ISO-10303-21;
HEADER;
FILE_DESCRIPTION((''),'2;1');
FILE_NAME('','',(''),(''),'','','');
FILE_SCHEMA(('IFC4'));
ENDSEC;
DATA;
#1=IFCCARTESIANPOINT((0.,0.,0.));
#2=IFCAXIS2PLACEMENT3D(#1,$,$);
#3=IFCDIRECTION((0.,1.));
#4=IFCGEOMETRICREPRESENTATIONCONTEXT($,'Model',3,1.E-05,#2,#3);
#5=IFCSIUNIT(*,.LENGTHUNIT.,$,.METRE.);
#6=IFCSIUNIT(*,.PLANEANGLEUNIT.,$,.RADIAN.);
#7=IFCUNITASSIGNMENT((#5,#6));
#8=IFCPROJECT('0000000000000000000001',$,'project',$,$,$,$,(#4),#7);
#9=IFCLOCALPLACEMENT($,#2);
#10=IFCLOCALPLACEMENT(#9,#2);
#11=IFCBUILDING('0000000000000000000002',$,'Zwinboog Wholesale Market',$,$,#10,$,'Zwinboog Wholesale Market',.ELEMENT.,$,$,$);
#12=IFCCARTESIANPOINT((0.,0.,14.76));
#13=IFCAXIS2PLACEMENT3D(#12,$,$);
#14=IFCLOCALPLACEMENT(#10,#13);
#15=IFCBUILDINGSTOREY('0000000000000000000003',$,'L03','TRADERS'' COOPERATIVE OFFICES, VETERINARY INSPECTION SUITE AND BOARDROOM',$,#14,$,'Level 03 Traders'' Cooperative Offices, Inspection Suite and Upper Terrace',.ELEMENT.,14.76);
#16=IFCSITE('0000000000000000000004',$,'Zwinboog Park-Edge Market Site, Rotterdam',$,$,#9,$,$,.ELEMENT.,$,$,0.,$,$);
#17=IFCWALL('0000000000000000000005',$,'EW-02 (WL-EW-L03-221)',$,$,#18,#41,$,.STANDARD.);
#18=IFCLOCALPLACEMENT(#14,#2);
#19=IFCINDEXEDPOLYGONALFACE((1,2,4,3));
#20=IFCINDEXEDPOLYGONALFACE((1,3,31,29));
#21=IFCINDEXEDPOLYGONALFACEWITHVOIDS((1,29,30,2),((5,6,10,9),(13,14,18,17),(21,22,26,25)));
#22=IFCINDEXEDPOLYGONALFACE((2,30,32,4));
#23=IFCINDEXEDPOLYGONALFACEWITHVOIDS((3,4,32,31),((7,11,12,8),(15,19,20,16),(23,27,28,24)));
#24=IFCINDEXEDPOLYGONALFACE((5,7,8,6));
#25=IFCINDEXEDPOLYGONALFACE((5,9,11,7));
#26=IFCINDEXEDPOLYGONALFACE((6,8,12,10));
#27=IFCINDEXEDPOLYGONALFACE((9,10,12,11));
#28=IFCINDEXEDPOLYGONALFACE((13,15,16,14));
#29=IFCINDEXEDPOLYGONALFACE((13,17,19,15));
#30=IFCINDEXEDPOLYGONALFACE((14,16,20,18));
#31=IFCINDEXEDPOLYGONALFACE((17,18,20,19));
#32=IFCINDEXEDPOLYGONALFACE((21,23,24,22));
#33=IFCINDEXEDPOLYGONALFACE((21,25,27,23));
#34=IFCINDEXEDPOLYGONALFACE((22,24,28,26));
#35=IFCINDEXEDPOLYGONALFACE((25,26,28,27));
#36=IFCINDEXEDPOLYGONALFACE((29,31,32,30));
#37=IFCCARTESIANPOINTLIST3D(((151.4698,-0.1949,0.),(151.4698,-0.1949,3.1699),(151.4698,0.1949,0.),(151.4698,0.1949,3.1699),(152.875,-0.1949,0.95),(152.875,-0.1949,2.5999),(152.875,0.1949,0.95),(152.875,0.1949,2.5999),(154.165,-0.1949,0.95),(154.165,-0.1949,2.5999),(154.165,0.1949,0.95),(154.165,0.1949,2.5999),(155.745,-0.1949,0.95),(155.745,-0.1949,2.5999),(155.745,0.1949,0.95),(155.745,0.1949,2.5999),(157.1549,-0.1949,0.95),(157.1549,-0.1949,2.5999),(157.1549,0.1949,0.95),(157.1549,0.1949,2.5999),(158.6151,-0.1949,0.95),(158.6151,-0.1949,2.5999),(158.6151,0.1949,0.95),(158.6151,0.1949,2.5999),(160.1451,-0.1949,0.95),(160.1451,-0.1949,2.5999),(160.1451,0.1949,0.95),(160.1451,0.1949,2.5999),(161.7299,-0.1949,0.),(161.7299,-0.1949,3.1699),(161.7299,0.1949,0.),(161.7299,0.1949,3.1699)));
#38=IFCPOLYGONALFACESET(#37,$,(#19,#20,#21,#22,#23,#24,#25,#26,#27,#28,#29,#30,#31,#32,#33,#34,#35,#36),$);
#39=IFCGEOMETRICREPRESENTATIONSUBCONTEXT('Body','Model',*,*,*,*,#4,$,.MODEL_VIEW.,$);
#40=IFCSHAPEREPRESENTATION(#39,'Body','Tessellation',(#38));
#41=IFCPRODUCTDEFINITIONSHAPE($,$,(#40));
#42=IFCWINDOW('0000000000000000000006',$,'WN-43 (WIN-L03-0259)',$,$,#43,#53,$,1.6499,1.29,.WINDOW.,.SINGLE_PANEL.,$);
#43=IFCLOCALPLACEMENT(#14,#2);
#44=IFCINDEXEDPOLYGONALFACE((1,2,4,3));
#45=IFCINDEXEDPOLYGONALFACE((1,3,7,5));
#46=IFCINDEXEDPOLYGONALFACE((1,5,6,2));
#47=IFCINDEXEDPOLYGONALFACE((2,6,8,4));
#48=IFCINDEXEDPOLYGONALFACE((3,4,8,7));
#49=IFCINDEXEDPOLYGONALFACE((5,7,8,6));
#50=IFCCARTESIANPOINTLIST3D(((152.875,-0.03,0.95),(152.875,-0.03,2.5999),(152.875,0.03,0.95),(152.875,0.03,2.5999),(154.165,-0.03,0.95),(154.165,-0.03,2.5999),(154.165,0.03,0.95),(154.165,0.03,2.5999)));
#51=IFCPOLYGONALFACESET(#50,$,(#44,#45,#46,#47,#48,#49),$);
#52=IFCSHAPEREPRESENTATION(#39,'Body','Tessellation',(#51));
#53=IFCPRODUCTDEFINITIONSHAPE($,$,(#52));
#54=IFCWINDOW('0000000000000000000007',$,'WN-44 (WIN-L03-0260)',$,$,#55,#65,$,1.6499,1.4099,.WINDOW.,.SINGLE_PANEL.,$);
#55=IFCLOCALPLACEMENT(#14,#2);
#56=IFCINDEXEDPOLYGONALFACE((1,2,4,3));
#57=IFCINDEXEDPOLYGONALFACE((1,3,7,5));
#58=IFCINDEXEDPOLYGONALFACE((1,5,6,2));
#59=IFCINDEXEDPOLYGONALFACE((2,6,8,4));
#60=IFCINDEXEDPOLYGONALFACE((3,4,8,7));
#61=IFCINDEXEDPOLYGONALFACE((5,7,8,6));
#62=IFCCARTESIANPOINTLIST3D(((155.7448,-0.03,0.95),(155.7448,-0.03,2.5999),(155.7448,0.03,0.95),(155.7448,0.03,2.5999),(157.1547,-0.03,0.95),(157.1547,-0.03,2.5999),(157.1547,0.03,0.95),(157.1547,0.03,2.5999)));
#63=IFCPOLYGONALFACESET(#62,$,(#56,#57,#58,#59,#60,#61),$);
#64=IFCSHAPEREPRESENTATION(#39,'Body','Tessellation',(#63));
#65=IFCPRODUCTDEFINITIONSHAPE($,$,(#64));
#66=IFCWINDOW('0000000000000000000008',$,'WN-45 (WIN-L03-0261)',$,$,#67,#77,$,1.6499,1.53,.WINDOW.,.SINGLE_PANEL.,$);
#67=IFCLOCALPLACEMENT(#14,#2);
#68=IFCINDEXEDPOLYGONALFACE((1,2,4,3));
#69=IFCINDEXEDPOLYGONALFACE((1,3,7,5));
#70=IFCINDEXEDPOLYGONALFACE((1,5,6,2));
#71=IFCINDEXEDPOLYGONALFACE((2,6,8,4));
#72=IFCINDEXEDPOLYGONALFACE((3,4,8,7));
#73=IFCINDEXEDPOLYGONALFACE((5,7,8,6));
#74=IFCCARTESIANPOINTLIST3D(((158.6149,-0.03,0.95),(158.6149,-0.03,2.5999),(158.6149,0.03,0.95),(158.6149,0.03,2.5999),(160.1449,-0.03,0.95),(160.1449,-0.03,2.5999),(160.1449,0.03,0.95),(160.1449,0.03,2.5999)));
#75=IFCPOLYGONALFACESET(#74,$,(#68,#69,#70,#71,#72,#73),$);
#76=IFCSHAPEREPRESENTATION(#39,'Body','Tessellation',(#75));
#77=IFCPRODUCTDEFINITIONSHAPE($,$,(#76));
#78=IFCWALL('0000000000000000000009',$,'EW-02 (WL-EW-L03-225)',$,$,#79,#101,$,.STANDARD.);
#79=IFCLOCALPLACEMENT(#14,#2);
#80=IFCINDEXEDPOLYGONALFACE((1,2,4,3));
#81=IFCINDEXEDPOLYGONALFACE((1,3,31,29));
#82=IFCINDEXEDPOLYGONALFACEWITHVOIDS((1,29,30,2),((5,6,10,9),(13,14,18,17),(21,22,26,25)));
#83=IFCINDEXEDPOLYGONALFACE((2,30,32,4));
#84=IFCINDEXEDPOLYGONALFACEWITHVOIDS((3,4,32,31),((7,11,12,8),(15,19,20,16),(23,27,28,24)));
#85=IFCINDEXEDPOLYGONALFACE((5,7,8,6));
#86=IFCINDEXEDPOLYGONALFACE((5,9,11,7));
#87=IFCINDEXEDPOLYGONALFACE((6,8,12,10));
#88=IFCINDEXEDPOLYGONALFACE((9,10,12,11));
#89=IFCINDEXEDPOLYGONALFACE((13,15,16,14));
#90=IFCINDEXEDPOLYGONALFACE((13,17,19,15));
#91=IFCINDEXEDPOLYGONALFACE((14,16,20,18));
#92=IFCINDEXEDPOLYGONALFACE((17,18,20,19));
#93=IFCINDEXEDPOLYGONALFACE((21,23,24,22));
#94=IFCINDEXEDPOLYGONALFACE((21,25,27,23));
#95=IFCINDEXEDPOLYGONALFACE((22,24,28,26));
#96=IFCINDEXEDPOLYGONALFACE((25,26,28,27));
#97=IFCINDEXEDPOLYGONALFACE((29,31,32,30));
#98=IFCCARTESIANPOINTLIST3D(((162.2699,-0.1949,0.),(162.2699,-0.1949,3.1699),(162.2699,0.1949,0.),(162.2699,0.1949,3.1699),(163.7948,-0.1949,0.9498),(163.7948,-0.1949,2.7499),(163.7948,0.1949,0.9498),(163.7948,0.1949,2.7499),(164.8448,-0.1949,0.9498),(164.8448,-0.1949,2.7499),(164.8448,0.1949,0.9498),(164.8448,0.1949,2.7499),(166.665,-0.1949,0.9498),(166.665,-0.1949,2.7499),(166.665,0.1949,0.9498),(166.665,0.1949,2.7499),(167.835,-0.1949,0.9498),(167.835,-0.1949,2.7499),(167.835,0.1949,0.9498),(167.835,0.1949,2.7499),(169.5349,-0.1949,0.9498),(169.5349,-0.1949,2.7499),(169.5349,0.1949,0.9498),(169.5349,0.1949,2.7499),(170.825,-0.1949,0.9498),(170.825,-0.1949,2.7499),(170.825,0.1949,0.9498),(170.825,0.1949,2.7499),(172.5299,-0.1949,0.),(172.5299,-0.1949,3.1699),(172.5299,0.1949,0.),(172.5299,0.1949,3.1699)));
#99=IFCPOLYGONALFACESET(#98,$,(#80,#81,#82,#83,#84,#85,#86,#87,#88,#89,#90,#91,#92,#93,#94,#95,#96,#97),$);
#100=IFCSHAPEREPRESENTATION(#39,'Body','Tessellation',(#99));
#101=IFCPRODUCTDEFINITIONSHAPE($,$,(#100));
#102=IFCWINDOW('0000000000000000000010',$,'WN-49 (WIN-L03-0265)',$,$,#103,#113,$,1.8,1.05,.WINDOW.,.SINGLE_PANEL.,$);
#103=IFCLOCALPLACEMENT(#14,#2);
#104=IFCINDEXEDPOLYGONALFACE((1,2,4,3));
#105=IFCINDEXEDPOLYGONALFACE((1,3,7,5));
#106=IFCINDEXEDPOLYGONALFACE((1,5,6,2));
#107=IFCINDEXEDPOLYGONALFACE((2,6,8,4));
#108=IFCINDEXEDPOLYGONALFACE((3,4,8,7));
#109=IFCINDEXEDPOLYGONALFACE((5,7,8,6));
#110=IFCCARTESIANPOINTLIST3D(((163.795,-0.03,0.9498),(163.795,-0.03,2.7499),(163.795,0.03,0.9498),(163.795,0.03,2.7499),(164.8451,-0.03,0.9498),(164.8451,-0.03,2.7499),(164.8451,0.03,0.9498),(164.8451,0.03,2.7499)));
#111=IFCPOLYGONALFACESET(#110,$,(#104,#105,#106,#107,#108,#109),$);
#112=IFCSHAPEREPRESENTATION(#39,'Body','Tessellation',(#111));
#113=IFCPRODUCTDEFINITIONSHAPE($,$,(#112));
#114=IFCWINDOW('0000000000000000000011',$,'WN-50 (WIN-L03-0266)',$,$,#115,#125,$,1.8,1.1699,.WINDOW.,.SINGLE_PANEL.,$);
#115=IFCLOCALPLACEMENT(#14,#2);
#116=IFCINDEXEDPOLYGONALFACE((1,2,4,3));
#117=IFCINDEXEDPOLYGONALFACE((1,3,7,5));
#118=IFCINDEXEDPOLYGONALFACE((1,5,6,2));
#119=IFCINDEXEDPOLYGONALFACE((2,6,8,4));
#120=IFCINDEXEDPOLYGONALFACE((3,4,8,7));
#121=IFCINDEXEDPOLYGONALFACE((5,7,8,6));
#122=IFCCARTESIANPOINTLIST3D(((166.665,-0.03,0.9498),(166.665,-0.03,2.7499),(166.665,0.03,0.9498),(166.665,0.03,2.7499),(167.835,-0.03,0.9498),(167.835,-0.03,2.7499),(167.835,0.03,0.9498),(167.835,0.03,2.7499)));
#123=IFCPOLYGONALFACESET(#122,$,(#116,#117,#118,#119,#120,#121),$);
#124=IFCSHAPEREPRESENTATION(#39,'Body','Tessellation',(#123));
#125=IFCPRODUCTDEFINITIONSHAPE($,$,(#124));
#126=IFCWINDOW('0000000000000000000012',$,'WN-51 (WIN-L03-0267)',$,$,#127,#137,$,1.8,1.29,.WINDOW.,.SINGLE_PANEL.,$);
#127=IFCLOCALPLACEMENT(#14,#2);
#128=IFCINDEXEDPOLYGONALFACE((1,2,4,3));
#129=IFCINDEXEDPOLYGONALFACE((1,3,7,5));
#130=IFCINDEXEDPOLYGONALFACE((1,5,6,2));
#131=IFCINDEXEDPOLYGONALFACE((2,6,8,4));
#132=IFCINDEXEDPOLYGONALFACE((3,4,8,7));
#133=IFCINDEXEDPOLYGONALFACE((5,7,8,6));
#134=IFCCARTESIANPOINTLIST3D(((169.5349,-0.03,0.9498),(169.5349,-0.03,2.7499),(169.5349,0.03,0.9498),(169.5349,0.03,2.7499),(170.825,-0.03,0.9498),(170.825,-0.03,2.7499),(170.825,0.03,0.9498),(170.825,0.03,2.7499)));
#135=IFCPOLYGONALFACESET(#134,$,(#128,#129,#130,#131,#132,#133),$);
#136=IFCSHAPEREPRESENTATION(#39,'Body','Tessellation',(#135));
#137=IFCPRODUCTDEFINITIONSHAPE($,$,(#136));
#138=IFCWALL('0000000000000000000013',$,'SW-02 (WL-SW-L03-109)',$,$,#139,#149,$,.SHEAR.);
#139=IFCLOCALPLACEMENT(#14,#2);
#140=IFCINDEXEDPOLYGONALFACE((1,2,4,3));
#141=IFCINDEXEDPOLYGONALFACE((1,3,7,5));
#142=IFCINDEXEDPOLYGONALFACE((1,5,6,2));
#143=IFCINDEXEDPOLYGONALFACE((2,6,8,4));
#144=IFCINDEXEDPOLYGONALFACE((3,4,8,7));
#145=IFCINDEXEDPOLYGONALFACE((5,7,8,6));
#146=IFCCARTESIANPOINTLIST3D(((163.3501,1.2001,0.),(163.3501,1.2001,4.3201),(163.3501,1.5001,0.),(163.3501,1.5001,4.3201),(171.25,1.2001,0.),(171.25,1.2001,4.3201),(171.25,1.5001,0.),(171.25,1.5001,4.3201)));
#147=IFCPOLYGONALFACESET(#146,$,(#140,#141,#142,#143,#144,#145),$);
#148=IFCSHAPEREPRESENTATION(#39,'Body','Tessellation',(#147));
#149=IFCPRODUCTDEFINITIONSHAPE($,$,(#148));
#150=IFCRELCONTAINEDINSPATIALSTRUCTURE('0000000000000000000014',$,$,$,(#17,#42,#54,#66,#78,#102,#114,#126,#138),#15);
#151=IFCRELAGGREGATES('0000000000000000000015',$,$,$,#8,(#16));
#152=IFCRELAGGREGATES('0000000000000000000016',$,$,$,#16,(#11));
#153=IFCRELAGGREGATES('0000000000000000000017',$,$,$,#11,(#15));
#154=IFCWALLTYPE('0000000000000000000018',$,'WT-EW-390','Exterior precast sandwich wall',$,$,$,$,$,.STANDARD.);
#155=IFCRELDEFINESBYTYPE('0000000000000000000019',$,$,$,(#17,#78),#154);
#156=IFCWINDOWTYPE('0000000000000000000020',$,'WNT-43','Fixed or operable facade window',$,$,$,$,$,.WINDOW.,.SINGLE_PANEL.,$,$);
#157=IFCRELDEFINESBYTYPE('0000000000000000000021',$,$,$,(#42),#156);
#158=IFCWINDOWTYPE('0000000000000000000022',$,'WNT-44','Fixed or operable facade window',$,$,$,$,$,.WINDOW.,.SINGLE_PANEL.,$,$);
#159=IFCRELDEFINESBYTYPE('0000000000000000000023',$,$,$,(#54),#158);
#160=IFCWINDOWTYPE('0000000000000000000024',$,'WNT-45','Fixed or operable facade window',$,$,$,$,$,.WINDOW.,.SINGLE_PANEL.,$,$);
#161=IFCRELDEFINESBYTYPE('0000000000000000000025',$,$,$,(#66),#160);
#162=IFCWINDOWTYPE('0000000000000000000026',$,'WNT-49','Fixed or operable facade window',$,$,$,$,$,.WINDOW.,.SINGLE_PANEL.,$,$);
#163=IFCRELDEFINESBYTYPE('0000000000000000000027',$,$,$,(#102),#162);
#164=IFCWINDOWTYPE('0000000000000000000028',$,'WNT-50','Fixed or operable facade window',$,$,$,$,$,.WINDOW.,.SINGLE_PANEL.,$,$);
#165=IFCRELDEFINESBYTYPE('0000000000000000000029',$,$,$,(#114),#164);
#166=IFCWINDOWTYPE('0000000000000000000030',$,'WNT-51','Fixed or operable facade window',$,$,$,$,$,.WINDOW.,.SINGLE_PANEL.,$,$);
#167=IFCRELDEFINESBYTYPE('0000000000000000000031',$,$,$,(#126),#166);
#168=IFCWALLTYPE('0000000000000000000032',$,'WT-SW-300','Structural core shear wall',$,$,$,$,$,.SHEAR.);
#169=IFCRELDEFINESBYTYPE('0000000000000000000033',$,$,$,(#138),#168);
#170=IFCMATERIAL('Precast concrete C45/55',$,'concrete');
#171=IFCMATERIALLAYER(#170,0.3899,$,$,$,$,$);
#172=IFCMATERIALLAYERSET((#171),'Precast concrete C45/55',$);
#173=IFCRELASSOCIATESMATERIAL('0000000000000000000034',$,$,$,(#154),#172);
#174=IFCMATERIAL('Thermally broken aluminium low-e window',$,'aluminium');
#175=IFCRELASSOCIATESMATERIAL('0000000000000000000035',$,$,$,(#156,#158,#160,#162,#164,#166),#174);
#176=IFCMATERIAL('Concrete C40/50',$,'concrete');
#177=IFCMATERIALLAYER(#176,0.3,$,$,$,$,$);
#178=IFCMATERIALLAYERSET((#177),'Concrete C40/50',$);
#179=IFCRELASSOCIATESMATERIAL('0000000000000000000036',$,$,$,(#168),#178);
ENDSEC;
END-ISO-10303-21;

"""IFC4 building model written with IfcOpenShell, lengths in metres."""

from ifc_helpers import new_model, si_unit, direction, frame, frame_2d, origin, place, context, subcontext, project, spatial, rectangle, extrude, material, layer, layer_set, type_object, element, fill, save


model = new_model("IFC4")

# Units and contexts
model_context = context("Model", 3, precision=1e-05, world=origin(), true_north=direction((0.0, 1.0)))
body_context = subcontext(model_context, "Body", "Model", "MODEL_VIEW")
ifc_project = project(units=[si_unit("LENGTHUNIT", "METRE"), si_unit("PLANEANGLEUNIT", "RADIAN")], contexts=[model_context])

# Site, building, storey
site_placement = place(None, origin())
site = spatial("IfcSite", under=ifc_project, at=site_placement, Name="Zwinboog Park-Edge Market Site, Rotterdam", CompositionType="ELEMENT", RefElevation=0.0)
building_placement = place(site_placement, origin())
building = spatial("IfcBuilding", under=site, at=building_placement, Name="Zwinboog Wholesale Market", LongName="Zwinboog Wholesale Market", CompositionType="ELEMENT")
storey_placement = place(building_placement, frame((0.0, 0.0, 14.76)))
storey = spatial("IfcBuildingStorey", under=building, at=storey_placement, Name="L03", Description="TRADERS' COOPERATIVE OFFICES, VETERINARY INSPECTION SUITE AND BOARDROOM", LongName="Level 03 Traders' Cooperative Offices, Inspection Suite and Upper Terrace", CompositionType="ELEMENT", Elevation=14.76)

# Shared definitions
ifc_material_1 = material(Name="Precast concrete C45/55", Category="concrete")

# Walls, openings, windows
ifc_layer_1 = layer(ifc_material_1, 0.3899)
ifc_layer_set_1 = layer_set([ifc_layer_1], Name="Precast concrete C45/55")
wall_type_1 = type_object("IfcWallType", Name="WT-EW-390", Description="Exterior precast sandwich wall", PredefinedType="STANDARD", material=ifc_layer_set_1)
wall_1_placement = place(storey_placement, frame((151.47, 0.0, 0.0), z_axis=(0.0, 0.0, 1.0), x_axis=(1.0, 0.0, 0.0)))
wall_1 = element("IfcWall", 1, at=wall_1_placement, inside=storey, type_object=wall_type_1, Name="EW-02 (WL-EW-L03-221)", PredefinedType="STANDARD", context=body_context, shape_type="SweptSolid", body=[
    extrude(rectangle(XDim=10.26, YDim=0.3899, at=frame_2d((5.1299, 0.0))), origin(), (0.0, 0.0, 1.0), 3.1699),
])
opening_1_placement = place(wall_1_placement, frame((1.405, 0.0, 0.95)))
opening_1 = element("IfcOpeningElement", 2, at=opening_1_placement, cuts=wall_1, PredefinedType="OPENING", context=body_context, shape_type="SweptSolid", body=[
    extrude(rectangle(XDim=1.29, YDim=1.6499, at=frame_2d((0.645, 0.825))), frame((0.0, 0.2048, 0.0), z_axis=(0.0, -1.0, 0.0), x_axis=(1.0, 0.0, 0.0)), (0.0, 0.0, 1.0), 0.4099),
])
opening_2_placement = place(wall_1_placement, frame((4.2749, 0.0, 0.95)))
opening_2 = element("IfcOpeningElement", 3, at=opening_2_placement, cuts=wall_1, PredefinedType="OPENING", context=body_context, shape_type="SweptSolid", body=[
    extrude(rectangle(XDim=1.4099, YDim=1.6499, at=frame_2d((0.7051, 0.825))), frame((0.0, 0.2048, 0.0), z_axis=(0.0, -1.0, 0.0), x_axis=(1.0, 0.0, 0.0)), (0.0, 0.0, 1.0), 0.4099),
])
opening_3_placement = place(wall_1_placement, frame((7.145, 0.0, 0.95)))
opening_3 = element("IfcOpeningElement", 4, at=opening_3_placement, cuts=wall_1, PredefinedType="OPENING", context=body_context, shape_type="SweptSolid", body=[
    extrude(rectangle(XDim=1.53, YDim=1.6499, at=frame_2d((0.7651, 0.825))), frame((0.0, 0.2048, 0.0), z_axis=(0.0, -1.0, 0.0), x_axis=(1.0, 0.0, 0.0)), (0.0, 0.0, 1.0), 0.4099),
])
ifc_material_2 = material(Name="Thermally broken aluminium low-e window", Category="aluminium")
window_type_1 = type_object("IfcWindowType", Name="WNT-43", Description="Fixed or operable facade window", PartitioningType="SINGLE_PANEL", PredefinedType="WINDOW", material=ifc_material_2)
window_1_placement = place(opening_1_placement, frame((1.29, 0.0, 0.0), z_axis=(0.0, 0.0, 1.0), x_axis=(-1.0, 0.0, 0.0)))
window_1 = element("IfcWindow", 5, at=window_1_placement, inside=storey, type_object=window_type_1, Name="WN-43 (WIN-L03-0259)", OverallHeight=1.6499, OverallWidth=1.29, PartitioningType="SINGLE_PANEL", PredefinedType="WINDOW", context=body_context, shape_type="SweptSolid", body=[
    extrude(rectangle(XDim=1.29, YDim=1.6499, at=frame_2d((0.645, 0.825))), frame((0.0, 0.03, 0.0), z_axis=(0.0, -1.0, 0.0), x_axis=(1.0, 0.0, 0.0)), (0.0, 0.0, 1.0), 0.0601),
])
fill(opening_1, window_1)
window_type_2 = type_object("IfcWindowType", Name="WNT-44", Description="Fixed or operable facade window", PartitioningType="SINGLE_PANEL", PredefinedType="WINDOW", material=ifc_material_2)
window_2_placement = place(opening_2_placement, frame((1.4099, 0.0, 0.0), z_axis=(0.0, 0.0, 1.0), x_axis=(-1.0, 0.0, 0.0)))
window_2 = element("IfcWindow", 6, at=window_2_placement, inside=storey, type_object=window_type_2, Name="WN-44 (WIN-L03-0260)", OverallHeight=1.6499, OverallWidth=1.4099, PartitioningType="SINGLE_PANEL", PredefinedType="WINDOW", context=body_context, shape_type="SweptSolid", body=[
    extrude(rectangle(XDim=1.4099, YDim=1.6499, at=frame_2d((0.7051, 0.825))), frame((0.0, 0.03, 0.0), z_axis=(0.0, -1.0, 0.0), x_axis=(1.0, 0.0, 0.0)), (0.0, 0.0, 1.0), 0.0601),
])
fill(opening_2, window_2)
window_type_3 = type_object("IfcWindowType", Name="WNT-45", Description="Fixed or operable facade window", PartitioningType="SINGLE_PANEL", PredefinedType="WINDOW", material=ifc_material_2)
window_3_placement = place(opening_3_placement, frame((1.53, 0.0, 0.0), z_axis=(0.0, 0.0, 1.0), x_axis=(-1.0, 0.0, 0.0)))
window_3 = element("IfcWindow", 7, at=window_3_placement, inside=storey, type_object=window_type_3, Name="WN-45 (WIN-L03-0261)", OverallHeight=1.6499, OverallWidth=1.53, PartitioningType="SINGLE_PANEL", PredefinedType="WINDOW", context=body_context, shape_type="SweptSolid", body=[
    extrude(rectangle(XDim=1.53, YDim=1.6499, at=frame_2d((0.7651, 0.825))), frame((0.0, 0.03, 0.0), z_axis=(0.0, -1.0, 0.0), x_axis=(1.0, 0.0, 0.0)), (0.0, 0.0, 1.0), 0.0601),
])
fill(opening_3, window_3)
wall_2_placement = place(storey_placement, frame((162.27, 0.0, 0.0), z_axis=(0.0, 0.0, 1.0), x_axis=(1.0, 0.0, 0.0)))
wall_2 = element("IfcWall", 8, at=wall_2_placement, inside=storey, type_object=wall_type_1, Name="EW-02 (WL-EW-L03-225)", PredefinedType="STANDARD", context=body_context, shape_type="SweptSolid", body=[
    extrude(rectangle(XDim=10.26, YDim=0.3899, at=frame_2d((5.1299, 0.0))), origin(), (0.0, 0.0, 1.0), 3.1699),
])
opening_4_placement = place(wall_2_placement, frame((1.5249, 0.0, 0.95)))
opening_4 = element("IfcOpeningElement", 9, at=opening_4_placement, cuts=wall_2, PredefinedType="OPENING", context=body_context, shape_type="SweptSolid", body=[
    extrude(rectangle(XDim=1.05, YDim=1.8, at=frame_2d((0.5249, 0.8999))), frame((0.0, 0.2048, 0.0), z_axis=(0.0, -1.0, 0.0), x_axis=(1.0, 0.0, 0.0)), (0.0, 0.0, 1.0), 0.4099),
])
opening_5_placement = place(wall_2_placement, frame((4.395, 0.0, 0.95)))
opening_5 = element("IfcOpeningElement", 10, at=opening_5_placement, cuts=wall_2, PredefinedType="OPENING", context=body_context, shape_type="SweptSolid", body=[
    extrude(rectangle(XDim=1.1699, YDim=1.8, at=frame_2d((0.585, 0.8999))), frame((0.0, 0.2048, 0.0), z_axis=(0.0, -1.0, 0.0), x_axis=(1.0, 0.0, 0.0)), (0.0, 0.0, 1.0), 0.4099),
])
opening_6_placement = place(wall_2_placement, frame((7.2649, 0.0, 0.95)))
opening_6 = element("IfcOpeningElement", 11, at=opening_6_placement, cuts=wall_2, PredefinedType="OPENING", context=body_context, shape_type="SweptSolid", body=[
    extrude(rectangle(XDim=1.29, YDim=1.8, at=frame_2d((0.645, 0.8999))), frame((0.0, 0.2048, 0.0), z_axis=(0.0, -1.0, 0.0), x_axis=(1.0, 0.0, 0.0)), (0.0, 0.0, 1.0), 0.4099),
])
window_type_4 = type_object("IfcWindowType", Name="WNT-49", Description="Fixed or operable facade window", PartitioningType="SINGLE_PANEL", PredefinedType="WINDOW", material=ifc_material_2)
window_4_placement = place(opening_4_placement, frame((1.05, 0.0, 0.0), z_axis=(0.0, 0.0, 1.0), x_axis=(-1.0, 0.0, 0.0)))
window_4 = element("IfcWindow", 12, at=window_4_placement, inside=storey, type_object=window_type_4, Name="WN-49 (WIN-L03-0265)", OverallHeight=1.8, OverallWidth=1.05, PartitioningType="SINGLE_PANEL", PredefinedType="WINDOW", context=body_context, shape_type="SweptSolid", body=[
    extrude(rectangle(XDim=1.05, YDim=1.8, at=frame_2d((0.5249, 0.8999))), frame((0.0, 0.03, 0.0), z_axis=(0.0, -1.0, 0.0), x_axis=(1.0, 0.0, 0.0)), (0.0, 0.0, 1.0), 0.0601),
])
fill(opening_4, window_4)
window_type_5 = type_object("IfcWindowType", Name="WNT-50", Description="Fixed or operable facade window", PartitioningType="SINGLE_PANEL", PredefinedType="WINDOW", material=ifc_material_2)
window_5_placement = place(opening_5_placement, frame((1.1699, 0.0, 0.0), z_axis=(0.0, 0.0, 1.0), x_axis=(-1.0, 0.0, 0.0)))
window_5 = element("IfcWindow", 13, at=window_5_placement, inside=storey, type_object=window_type_5, Name="WN-50 (WIN-L03-0266)", OverallHeight=1.8, OverallWidth=1.1699, PartitioningType="SINGLE_PANEL", PredefinedType="WINDOW", context=body_context, shape_type="SweptSolid", body=[
    extrude(rectangle(XDim=1.1699, YDim=1.8, at=frame_2d((0.585, 0.8999))), frame((0.0, 0.03, 0.0), z_axis=(0.0, -1.0, 0.0), x_axis=(1.0, 0.0, 0.0)), (0.0, 0.0, 1.0), 0.0601),
])
fill(opening_5, window_5)
window_type_6 = type_object("IfcWindowType", Name="WNT-51", Description="Fixed or operable facade window", PartitioningType="SINGLE_PANEL", PredefinedType="WINDOW", material=ifc_material_2)
window_6_placement = place(opening_6_placement, frame((1.29, 0.0, 0.0), z_axis=(0.0, 0.0, 1.0), x_axis=(-1.0, 0.0, 0.0)))
window_6 = element("IfcWindow", 14, at=window_6_placement, inside=storey, type_object=window_type_6, Name="WN-51 (WIN-L03-0267)", OverallHeight=1.8, OverallWidth=1.29, PartitioningType="SINGLE_PANEL", PredefinedType="WINDOW", context=body_context, shape_type="SweptSolid", body=[
    extrude(rectangle(XDim=1.29, YDim=1.8, at=frame_2d((0.645, 0.8999))), frame((0.0, 0.03, 0.0), z_axis=(0.0, -1.0, 0.0), x_axis=(1.0, 0.0, 0.0)), (0.0, 0.0, 1.0), 0.0601),
])
fill(opening_6, window_6)

# Wall
ifc_material_3 = material(Name="Concrete C40/50", Category="concrete")
ifc_layer_2 = layer(ifc_material_3, 0.3)
ifc_layer_set_2 = layer_set([ifc_layer_2], Name="Concrete C40/50")
wall_type_2 = type_object("IfcWallType", Name="WT-SW-300", Description="Structural core shear wall", PredefinedType="SHEAR", material=ifc_layer_set_2)
wall_3_placement = place(storey_placement, frame((163.3501, 1.3501, 0.0), z_axis=(0.0, 0.0, 1.0), x_axis=(1.0, 0.0, 0.0)))
element("IfcWall", 15, at=wall_3_placement, inside=storey, type_object=wall_type_2, Name="SW-02 (WL-SW-L03-109)", PredefinedType="SHEAR", context=body_context, shape_type="SweptSolid", body=[
    extrude(rectangle(XDim=7.8999, YDim=0.3, at=frame_2d((3.95, 0.0))), origin(), (0.0, 0.0, 1.0), 4.3201),
])

save(model, "model.ifc")
